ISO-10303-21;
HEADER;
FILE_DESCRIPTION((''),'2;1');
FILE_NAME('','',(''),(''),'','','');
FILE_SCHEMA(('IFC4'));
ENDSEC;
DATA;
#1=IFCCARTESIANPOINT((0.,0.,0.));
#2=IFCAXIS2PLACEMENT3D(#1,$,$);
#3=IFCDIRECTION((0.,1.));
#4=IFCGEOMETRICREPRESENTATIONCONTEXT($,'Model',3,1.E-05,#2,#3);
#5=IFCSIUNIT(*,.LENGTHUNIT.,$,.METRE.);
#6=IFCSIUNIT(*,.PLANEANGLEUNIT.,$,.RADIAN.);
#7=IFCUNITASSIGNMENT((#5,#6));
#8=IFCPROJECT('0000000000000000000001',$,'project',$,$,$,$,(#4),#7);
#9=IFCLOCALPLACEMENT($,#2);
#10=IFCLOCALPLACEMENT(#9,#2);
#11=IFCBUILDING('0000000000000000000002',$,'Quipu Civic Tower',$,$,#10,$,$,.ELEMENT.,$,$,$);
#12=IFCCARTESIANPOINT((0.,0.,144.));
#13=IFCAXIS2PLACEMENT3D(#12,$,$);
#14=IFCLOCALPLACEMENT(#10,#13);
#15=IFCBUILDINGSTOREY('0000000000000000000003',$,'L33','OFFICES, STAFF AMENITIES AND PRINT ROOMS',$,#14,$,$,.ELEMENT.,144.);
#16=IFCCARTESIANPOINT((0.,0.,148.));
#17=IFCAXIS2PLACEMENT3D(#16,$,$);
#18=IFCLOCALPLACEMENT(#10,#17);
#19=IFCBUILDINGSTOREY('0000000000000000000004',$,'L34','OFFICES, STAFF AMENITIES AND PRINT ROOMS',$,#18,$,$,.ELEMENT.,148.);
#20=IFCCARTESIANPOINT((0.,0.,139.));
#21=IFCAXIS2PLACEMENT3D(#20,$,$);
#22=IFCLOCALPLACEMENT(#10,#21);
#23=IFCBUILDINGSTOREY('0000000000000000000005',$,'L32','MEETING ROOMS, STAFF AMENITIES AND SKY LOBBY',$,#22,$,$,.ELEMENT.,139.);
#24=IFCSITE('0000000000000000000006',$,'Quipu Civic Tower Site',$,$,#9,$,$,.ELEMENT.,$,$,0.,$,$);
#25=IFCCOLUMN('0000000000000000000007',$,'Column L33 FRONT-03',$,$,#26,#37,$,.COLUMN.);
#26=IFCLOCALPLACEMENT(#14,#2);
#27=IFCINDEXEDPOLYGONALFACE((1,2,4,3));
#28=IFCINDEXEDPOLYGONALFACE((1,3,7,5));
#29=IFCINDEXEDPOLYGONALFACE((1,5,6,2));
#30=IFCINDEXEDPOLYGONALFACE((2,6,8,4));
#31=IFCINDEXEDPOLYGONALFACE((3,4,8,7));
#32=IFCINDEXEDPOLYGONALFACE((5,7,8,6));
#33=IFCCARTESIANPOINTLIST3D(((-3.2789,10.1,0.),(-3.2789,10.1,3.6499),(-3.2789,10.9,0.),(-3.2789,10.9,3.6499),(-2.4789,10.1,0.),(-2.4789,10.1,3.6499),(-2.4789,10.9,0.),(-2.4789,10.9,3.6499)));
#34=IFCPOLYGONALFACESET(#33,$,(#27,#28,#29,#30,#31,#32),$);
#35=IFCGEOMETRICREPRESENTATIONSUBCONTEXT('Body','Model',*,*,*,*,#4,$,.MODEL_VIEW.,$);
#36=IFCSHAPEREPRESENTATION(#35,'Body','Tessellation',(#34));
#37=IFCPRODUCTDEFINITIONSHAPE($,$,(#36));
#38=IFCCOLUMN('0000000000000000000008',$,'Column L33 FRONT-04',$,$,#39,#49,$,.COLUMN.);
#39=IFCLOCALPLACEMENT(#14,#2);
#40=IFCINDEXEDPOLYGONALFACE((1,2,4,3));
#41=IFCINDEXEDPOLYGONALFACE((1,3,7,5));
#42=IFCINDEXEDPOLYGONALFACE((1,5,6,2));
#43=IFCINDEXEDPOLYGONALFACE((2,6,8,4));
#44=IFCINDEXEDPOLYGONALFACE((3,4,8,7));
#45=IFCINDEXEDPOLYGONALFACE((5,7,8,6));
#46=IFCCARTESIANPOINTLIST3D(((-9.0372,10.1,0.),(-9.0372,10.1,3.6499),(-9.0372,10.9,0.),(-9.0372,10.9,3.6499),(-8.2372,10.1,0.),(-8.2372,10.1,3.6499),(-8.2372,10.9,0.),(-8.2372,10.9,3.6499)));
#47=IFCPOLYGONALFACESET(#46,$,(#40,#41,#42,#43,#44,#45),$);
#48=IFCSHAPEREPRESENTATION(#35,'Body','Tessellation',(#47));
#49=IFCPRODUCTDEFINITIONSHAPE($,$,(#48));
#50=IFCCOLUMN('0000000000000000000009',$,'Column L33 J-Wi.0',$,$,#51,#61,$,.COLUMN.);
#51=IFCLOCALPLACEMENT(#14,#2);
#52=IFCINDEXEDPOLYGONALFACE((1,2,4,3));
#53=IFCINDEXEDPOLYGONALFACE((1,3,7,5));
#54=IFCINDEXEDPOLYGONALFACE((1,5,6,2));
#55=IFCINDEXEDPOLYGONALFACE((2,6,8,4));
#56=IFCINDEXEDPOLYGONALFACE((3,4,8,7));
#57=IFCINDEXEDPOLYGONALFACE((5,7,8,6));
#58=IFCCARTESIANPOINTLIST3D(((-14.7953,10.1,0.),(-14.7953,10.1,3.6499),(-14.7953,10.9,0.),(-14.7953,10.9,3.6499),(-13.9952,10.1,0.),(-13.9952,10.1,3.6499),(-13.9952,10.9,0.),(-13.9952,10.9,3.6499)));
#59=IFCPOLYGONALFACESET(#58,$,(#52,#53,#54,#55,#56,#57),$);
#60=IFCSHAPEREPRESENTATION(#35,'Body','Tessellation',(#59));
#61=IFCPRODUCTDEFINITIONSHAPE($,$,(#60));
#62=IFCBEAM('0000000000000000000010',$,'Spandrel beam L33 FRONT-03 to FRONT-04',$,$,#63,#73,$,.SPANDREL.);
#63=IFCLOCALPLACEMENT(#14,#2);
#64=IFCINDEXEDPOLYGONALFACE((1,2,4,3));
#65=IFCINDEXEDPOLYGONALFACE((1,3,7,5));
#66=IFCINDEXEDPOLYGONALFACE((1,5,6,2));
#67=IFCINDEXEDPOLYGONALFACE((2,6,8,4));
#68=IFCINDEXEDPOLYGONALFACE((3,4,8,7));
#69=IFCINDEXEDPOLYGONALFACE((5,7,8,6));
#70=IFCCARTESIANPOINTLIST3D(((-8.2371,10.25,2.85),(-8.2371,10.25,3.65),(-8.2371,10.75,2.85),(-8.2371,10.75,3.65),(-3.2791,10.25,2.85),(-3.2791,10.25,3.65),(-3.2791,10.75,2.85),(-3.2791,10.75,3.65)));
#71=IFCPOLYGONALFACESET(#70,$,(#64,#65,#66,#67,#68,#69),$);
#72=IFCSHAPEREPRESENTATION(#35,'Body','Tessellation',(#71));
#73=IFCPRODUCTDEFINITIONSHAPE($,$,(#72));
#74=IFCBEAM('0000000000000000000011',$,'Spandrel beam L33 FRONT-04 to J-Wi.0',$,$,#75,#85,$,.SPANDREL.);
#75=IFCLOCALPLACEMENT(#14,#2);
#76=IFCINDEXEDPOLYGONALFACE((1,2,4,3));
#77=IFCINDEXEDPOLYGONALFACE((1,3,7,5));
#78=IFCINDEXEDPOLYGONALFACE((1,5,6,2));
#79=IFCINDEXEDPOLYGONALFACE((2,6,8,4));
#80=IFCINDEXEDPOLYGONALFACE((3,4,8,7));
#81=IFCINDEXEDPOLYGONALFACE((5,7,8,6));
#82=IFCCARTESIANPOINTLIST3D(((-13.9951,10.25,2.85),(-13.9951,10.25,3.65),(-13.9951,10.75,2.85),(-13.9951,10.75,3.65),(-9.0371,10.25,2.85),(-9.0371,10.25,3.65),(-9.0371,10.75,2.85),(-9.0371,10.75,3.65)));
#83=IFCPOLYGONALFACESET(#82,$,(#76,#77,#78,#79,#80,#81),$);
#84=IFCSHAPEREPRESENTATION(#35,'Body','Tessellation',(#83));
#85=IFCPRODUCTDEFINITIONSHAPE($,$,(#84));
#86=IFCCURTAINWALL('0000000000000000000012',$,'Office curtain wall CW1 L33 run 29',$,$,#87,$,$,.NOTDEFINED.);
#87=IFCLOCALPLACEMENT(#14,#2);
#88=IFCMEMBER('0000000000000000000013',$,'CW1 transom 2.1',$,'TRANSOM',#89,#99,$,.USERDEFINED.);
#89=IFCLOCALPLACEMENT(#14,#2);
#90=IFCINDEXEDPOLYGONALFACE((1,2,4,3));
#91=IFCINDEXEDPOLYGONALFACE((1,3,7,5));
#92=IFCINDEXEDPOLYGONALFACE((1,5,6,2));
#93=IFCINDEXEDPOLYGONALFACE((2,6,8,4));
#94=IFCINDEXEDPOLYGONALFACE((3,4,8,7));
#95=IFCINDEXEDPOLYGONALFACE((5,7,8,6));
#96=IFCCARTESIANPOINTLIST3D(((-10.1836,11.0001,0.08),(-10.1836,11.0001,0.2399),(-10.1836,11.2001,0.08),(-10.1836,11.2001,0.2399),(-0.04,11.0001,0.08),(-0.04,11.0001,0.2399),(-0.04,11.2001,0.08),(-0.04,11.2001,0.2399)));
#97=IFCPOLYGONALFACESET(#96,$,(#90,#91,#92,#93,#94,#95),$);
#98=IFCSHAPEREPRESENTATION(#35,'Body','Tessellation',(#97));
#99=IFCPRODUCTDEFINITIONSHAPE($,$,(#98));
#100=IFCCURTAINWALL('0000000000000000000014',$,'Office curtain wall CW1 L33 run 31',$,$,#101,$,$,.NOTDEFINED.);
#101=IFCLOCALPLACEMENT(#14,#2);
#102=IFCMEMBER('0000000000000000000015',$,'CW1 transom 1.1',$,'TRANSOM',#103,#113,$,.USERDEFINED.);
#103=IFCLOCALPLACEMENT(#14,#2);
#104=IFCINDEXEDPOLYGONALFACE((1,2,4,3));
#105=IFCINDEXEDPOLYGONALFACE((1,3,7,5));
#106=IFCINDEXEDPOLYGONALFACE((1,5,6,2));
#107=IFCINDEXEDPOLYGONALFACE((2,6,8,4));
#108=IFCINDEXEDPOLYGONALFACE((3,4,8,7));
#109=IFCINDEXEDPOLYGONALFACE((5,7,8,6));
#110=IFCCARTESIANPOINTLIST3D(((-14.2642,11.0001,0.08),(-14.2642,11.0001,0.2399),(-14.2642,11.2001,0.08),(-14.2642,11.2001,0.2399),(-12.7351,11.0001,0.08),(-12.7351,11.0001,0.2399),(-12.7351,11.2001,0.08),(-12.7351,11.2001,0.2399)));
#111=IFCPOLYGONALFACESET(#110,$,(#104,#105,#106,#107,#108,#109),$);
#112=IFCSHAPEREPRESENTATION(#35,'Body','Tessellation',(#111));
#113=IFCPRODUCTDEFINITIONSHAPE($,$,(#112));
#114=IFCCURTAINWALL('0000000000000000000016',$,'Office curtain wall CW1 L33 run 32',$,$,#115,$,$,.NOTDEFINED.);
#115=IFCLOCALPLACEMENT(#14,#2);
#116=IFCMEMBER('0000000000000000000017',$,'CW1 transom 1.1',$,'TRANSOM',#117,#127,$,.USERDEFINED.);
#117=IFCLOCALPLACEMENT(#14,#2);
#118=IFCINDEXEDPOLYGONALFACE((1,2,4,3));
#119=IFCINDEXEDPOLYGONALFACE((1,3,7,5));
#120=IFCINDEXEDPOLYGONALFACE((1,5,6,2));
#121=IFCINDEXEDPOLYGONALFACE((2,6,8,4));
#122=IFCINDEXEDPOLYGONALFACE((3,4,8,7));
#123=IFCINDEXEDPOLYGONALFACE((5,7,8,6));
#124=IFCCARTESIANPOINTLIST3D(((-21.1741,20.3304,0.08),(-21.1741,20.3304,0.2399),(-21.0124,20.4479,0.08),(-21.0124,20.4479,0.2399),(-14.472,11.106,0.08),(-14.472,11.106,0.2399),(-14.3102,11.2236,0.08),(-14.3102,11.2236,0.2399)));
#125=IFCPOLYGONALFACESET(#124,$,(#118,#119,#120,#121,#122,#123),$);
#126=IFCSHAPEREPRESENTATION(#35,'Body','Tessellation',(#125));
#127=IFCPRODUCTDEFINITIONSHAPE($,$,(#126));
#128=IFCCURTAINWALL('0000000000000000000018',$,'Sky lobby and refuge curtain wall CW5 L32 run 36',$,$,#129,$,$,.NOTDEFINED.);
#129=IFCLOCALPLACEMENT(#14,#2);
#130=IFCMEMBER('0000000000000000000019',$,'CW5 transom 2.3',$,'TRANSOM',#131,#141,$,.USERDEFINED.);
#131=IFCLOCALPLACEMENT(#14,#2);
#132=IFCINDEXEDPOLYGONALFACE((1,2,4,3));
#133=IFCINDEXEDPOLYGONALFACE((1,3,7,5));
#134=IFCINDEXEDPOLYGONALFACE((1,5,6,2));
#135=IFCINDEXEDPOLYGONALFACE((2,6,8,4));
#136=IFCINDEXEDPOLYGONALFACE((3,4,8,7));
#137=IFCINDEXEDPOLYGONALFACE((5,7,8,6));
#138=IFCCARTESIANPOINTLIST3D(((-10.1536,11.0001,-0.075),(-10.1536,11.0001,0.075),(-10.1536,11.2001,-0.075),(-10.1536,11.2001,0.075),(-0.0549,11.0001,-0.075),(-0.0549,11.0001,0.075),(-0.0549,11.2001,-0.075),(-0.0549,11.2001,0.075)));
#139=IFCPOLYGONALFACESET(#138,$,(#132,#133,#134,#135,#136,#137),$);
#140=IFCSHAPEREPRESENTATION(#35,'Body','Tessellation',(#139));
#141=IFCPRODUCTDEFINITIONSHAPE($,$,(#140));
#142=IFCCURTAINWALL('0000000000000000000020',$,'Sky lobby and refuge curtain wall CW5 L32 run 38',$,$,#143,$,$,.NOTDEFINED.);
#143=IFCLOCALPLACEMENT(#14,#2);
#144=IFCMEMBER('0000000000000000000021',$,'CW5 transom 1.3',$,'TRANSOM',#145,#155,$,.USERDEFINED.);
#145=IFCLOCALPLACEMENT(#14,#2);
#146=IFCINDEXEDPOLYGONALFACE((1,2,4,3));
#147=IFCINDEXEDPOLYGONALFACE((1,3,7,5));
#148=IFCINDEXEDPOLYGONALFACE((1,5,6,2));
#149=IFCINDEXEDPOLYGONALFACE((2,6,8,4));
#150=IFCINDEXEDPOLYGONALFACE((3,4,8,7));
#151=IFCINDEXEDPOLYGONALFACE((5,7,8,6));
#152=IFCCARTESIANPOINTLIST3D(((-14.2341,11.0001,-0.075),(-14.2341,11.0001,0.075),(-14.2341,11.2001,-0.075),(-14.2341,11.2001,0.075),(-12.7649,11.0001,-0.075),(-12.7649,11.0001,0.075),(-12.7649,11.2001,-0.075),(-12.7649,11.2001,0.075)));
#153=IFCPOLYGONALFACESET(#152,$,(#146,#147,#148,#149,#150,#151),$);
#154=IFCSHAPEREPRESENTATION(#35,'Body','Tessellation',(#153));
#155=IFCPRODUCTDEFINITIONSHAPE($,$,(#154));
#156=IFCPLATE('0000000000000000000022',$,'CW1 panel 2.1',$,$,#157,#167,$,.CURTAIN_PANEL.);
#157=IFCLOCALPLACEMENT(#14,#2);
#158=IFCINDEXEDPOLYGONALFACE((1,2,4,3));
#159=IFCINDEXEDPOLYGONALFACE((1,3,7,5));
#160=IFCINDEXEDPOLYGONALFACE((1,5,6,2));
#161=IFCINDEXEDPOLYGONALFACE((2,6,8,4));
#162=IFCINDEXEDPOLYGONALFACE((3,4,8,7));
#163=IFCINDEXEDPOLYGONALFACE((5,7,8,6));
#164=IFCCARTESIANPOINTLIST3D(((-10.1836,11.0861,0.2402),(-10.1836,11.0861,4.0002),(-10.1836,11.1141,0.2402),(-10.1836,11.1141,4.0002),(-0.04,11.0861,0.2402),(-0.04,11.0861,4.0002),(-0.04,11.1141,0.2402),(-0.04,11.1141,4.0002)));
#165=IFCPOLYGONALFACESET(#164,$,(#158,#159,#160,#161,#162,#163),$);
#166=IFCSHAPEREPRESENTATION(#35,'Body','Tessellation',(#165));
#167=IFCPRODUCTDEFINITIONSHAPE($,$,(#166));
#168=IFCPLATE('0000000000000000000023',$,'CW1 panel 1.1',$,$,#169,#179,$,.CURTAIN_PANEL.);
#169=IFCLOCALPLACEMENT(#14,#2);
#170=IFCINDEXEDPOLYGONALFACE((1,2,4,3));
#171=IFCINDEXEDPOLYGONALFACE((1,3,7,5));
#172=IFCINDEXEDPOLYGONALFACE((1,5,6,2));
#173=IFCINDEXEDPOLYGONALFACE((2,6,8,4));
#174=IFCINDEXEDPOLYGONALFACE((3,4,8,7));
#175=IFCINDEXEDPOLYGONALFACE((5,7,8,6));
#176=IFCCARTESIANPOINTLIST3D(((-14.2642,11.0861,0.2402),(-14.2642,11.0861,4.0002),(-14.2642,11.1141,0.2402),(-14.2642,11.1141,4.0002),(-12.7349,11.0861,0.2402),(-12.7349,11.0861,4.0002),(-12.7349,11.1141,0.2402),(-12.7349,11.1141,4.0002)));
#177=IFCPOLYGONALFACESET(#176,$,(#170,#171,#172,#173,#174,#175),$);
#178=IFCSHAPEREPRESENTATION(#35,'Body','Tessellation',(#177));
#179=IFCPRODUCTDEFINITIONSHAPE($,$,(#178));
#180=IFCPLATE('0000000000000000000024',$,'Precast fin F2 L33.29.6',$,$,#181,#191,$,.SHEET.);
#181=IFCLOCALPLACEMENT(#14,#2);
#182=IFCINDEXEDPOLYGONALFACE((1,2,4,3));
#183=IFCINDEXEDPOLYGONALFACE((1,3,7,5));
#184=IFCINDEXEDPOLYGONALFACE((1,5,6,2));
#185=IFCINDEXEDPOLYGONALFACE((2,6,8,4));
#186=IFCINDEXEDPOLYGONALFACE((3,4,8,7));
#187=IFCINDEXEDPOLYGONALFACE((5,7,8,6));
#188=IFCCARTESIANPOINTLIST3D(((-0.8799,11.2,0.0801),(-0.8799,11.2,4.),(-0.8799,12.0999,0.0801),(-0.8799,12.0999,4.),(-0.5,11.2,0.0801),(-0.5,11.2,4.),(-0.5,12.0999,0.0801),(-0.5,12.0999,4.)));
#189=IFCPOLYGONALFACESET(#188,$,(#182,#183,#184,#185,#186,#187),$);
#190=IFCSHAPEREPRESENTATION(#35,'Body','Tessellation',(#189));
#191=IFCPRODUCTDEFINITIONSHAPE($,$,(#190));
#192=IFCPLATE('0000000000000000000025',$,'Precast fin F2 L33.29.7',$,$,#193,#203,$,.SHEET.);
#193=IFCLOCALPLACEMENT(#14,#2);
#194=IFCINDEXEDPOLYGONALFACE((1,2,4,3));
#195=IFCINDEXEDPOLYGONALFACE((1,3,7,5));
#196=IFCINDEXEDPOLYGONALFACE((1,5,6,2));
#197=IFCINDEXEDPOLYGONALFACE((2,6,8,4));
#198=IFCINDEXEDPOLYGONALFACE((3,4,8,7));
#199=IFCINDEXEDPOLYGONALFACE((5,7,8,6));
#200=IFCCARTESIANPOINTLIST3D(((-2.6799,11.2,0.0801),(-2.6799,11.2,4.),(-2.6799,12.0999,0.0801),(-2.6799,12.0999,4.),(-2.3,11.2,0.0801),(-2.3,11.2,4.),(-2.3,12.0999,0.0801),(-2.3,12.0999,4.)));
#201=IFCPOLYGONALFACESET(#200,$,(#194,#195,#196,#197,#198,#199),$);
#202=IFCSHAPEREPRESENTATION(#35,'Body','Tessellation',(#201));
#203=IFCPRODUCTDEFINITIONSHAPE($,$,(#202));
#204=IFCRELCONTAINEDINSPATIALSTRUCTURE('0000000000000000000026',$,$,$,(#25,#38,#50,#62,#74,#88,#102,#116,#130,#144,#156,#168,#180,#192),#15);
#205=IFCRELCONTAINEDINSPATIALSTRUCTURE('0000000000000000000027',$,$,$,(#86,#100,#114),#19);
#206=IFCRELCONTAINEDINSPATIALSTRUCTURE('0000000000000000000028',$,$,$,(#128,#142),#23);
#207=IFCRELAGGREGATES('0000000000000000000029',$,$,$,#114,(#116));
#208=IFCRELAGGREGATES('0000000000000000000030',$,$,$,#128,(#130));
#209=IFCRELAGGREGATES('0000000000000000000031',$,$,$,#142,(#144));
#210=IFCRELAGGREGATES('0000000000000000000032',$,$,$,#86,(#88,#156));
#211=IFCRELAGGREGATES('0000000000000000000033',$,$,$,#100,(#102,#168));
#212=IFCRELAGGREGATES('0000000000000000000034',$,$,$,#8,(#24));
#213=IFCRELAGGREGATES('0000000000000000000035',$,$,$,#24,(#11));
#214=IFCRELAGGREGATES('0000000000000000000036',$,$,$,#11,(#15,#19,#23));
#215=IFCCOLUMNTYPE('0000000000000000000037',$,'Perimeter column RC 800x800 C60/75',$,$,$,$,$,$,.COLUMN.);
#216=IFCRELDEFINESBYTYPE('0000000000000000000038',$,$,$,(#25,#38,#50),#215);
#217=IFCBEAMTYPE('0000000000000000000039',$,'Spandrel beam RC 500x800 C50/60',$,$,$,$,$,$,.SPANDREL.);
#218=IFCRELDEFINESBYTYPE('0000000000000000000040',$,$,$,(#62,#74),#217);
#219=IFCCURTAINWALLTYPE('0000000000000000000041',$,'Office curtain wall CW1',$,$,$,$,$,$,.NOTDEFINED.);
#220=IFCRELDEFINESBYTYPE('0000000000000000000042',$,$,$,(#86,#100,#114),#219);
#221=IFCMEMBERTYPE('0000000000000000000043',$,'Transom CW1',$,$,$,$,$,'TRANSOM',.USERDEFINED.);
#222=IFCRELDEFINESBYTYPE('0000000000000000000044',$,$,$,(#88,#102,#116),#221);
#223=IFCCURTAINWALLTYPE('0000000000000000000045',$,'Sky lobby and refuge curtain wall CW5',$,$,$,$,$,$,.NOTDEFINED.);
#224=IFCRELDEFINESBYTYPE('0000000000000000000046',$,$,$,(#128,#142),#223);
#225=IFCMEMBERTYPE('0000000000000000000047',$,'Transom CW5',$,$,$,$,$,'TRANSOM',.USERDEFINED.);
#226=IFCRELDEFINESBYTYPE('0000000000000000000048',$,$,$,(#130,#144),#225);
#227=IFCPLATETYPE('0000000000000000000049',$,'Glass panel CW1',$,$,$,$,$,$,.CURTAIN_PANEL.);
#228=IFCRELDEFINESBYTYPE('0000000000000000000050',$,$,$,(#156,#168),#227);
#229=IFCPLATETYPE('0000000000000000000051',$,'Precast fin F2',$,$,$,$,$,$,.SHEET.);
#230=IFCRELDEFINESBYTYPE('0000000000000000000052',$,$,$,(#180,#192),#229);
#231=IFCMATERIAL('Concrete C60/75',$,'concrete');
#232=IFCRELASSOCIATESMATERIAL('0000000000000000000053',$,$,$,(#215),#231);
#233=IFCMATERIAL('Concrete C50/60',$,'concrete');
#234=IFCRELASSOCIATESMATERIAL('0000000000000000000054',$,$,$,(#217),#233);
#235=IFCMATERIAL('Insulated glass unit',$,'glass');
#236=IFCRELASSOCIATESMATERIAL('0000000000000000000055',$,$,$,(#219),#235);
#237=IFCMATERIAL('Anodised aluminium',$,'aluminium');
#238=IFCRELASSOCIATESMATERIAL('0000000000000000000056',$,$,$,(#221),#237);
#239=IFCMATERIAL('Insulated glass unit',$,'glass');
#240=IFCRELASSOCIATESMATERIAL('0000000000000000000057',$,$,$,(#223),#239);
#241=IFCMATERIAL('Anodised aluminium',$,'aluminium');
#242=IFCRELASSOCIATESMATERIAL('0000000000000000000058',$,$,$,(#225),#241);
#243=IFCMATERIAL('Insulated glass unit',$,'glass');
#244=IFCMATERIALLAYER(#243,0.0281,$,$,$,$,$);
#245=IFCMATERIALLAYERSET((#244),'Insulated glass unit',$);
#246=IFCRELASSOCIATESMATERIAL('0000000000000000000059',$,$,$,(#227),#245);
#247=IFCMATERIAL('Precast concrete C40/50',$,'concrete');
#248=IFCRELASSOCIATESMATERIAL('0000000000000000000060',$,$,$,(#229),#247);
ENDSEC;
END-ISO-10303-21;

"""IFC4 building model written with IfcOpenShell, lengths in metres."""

from ifc_helpers import new_model, si_unit, direction, frame, origin, origin_2d, place, context, subcontext, project, spatial, rectangle, extrude, material, layer, layer_set, material_profile, profile_set, type_object, element, aggregate, save


model = new_model("IFC4")

# Units and contexts
model_context = context("Model", 3, precision=1e-05, world=origin(), true_north=direction((0.0, 1.0)))
body_context = subcontext(model_context, "Body", "Model", "MODEL_VIEW")
ifc_project = project(units=[si_unit("LENGTHUNIT", "METRE"), si_unit("PLANEANGLEUNIT", "RADIAN")], contexts=[model_context])

# Site, building, storey
site_placement = place(None, origin())
site = spatial("IfcSite", under=ifc_project, at=site_placement, Name="Quipu Civic Tower Site", CompositionType="ELEMENT", RefElevation=0.0)
building_placement = place(site_placement, origin())
building = spatial("IfcBuilding", under=site, at=building_placement, Name="Quipu Civic Tower", CompositionType="ELEMENT")
storey_1_placement = place(building_placement, frame((0.0, 0.0, 144.0)))
storey_1 = spatial("IfcBuildingStorey", under=building, at=storey_1_placement, Name="L33", Description="OFFICES, STAFF AMENITIES AND PRINT ROOMS", CompositionType="ELEMENT", Elevation=144.0)

# Columns
ifc_material_1 = material(Name="Concrete C60/75", Category="concrete")
ifc_material_profile_1 = material_profile(ifc_material_1, rectangle(XDim=0.8, YDim=0.8, at=origin_2d()), Name="RC800x800")
ifc_profile_set_1 = profile_set([ifc_material_profile_1], Name="Concrete C60/75")
column_type = type_object("IfcColumnType", Name="Perimeter column RC 800x800 C60/75", PredefinedType="COLUMN", material=ifc_profile_set_1)
for number, where, z_axis, x_axis, name in (
    (1, (-2.8789, 10.5, 0.0), (0.0, 0.0, 1.0), (-1.0, 0.0, 0.0), "Column L33 FRONT-03"),
    (2, (-8.6372, 10.5, 0.0), (0.0, 0.0, 1.0), (-1.0, 0.0, 0.0), "Column L33 FRONT-04"),
    (3, (-14.3953, 10.5, 0.0), (0.0, 0.0, 1.0), (-1.0, 0.0, 0.0), "Column L33 J-Wi.0"),
):
    element("IfcColumn", number, at=place(storey_1_placement, frame(where, z_axis=z_axis, x_axis=x_axis)), inside=storey_1, type_object=column_type, Name=name, PredefinedType="COLUMN", context=body_context, shape_type="SweptSolid", body=[
        extrude(rectangle(XDim=0.8, YDim=0.8, at=origin_2d()), origin(), (0.0, 0.0, 1.0), 3.6499),
    ])

# Beams
ifc_material_2 = material(Name="Concrete C50/60", Category="concrete")
ifc_material_profile_2 = material_profile(ifc_material_2, rectangle(XDim=0.5, YDim=0.8, at=origin_2d()), Name="RC500x800")
ifc_profile_set_2 = profile_set([ifc_material_profile_2], Name="Concrete C50/60")
beam_type = type_object("IfcBeamType", Name="Spandrel beam RC 500x800 C50/60", PredefinedType="SPANDREL", material=ifc_profile_set_2)
for number, where, z_axis, x_axis, name in (
    (4, (-3.2791, 10.5, 3.25), (-1.0, 0.0, 0.0), (0.0, -1.0, 0.0), "Spandrel beam L33 FRONT-03 to FRONT-04"),
    (5, (-9.0371, 10.5, 3.25), (-1.0, 0.0, 0.0), (0.0, -1.0, 0.0), "Spandrel beam L33 FRONT-04 to J-Wi.0"),
):
    element("IfcBeam", number, at=place(storey_1_placement, frame(where, z_axis=z_axis, x_axis=x_axis)), inside=storey_1, type_object=beam_type, Name=name, PredefinedType="SPANDREL", context=body_context, shape_type="SweptSolid", body=[
        extrude(rectangle(XDim=0.5, YDim=0.8, at=origin_2d()), origin(), (0.0, 0.0, 1.0), 4.958),
    ])

# Shared definitions
storey_2_placement = place(building_placement, frame((0.0, 0.0, 148.0)))
storey_2 = spatial("IfcBuildingStorey", under=building, at=storey_2_placement, Name="L34", Description="OFFICES, STAFF AMENITIES AND PRINT ROOMS", CompositionType="ELEMENT", Elevation=148.0)

# Curtain walls, members
ifc_material_3 = material(Name="Insulated glass unit", Category="glass")
curtain_wall_type_1 = type_object("IfcCurtainWallType", Name="Office curtain wall CW1", PredefinedType="NOTDEFINED", material=ifc_material_3)
curtain_wall_1_placement = place(storey_2_placement, origin())
curtain_wall_1 = element("IfcCurtainWall", 6, at=curtain_wall_1_placement, inside=storey_2, type_object=curtain_wall_type_1, Name="Office curtain wall CW1 L33 run 29", PredefinedType="NOTDEFINED")
ifc_material_4 = material(Name="Anodised aluminium", Category="aluminium")
ifc_material_profile_3 = material_profile(ifc_material_4, rectangle(XDim=0.2, YDim=0.1599, at=origin_2d()), Name="RECT 200x160")
ifc_profile_set_3 = profile_set([ifc_material_profile_3], Name="Anodised aluminium")
member_type_1 = type_object("IfcMemberType", Name="Transom CW1", ElementType="TRANSOM", PredefinedType="USERDEFINED", material=ifc_profile_set_3)
member_1_placement = place(storey_1_placement, frame((-0.04, 11.1001, 0.1599), z_axis=(-1.0, 0.0, 0.0), x_axis=(0.0, -1.0, 0.0)))
member_1 = element("IfcMember", 7, at=member_1_placement, inside=storey_1, type_object=member_type_1, Name="CW1 transom 2.1", ObjectType="TRANSOM", PredefinedType="USERDEFINED", context=body_context, shape_type="SweptSolid", body=[
    extrude(rectangle(XDim=0.2, YDim=0.1599, at=origin_2d()), origin(), (0.0, 0.0, 1.0), 10.1436),
])
curtain_wall_2_placement = place(storey_2_placement, origin())
curtain_wall_2 = element("IfcCurtainWall", 8, at=curtain_wall_2_placement, inside=storey_2, type_object=curtain_wall_type_1, Name="Office curtain wall CW1 L33 run 31", PredefinedType="NOTDEFINED")
member_2_placement = place(storey_1_placement, frame((-12.7351, 11.1001, 0.1599), z_axis=(-1.0, 0.0, 0.0), x_axis=(0.0, -1.0, 0.0)))
member_2 = element("IfcMember", 9, at=member_2_placement, inside=storey_1, type_object=member_type_1, Name="CW1 transom 1.1", ObjectType="TRANSOM", PredefinedType="USERDEFINED", context=body_context, shape_type="SweptSolid", body=[
    extrude(rectangle(XDim=0.2, YDim=0.1599, at=origin_2d()), origin(), (0.0, 0.0, 1.0), 1.5291),
])
curtain_wall_3_placement = place(storey_2_placement, origin())
curtain_wall_3 = element("IfcCurtainWall", 10, at=curtain_wall_3_placement, inside=storey_2, type_object=curtain_wall_type_1, Name="Office curtain wall CW1 L33 run 32", PredefinedType="NOTDEFINED")
member_3_placement = place(storey_1_placement, frame((-14.3911, 11.1648, 0.1599), z_axis=(-0.5878, 0.809006, 0.0), x_axis=(-0.809006, -0.5878, 0.0)))
member_3 = element("IfcMember", 11, at=member_3_placement, inside=storey_1, type_object=member_type_1, Name="CW1 transom 1.1", ObjectType="TRANSOM", PredefinedType="USERDEFINED", context=body_context, shape_type="SweptSolid", body=[
    extrude(rectangle(XDim=0.2, YDim=0.1599, at=origin_2d()), origin(), (0.0, 0.0, 1.0), 11.4021),
])
aggregate(curtain_wall_3, [member_3])

# Shared definitions
storey_3_placement = place(building_placement, frame((0.0, 0.0, 139.0)))
storey_3 = spatial("IfcBuildingStorey", under=building, at=storey_3_placement, Name="L32", Description="MEETING ROOMS, STAFF AMENITIES AND SKY LOBBY", CompositionType="ELEMENT", Elevation=139.0)

# Curtain walls, members
ifc_material_5 = material(Name="Insulated glass unit", Category="glass")
curtain_wall_type_2 = type_object("IfcCurtainWallType", Name="Sky lobby and refuge curtain wall CW5", PredefinedType="NOTDEFINED", material=ifc_material_5)
curtain_wall_4_placement = place(storey_3_placement, origin())
curtain_wall_4 = element("IfcCurtainWall", 12, at=curtain_wall_4_placement, inside=storey_3, type_object=curtain_wall_type_2, Name="Sky lobby and refuge curtain wall CW5 L32 run 36", PredefinedType="NOTDEFINED")
ifc_material_6 = material(Name="Anodised aluminium", Category="aluminium")
ifc_material_profile_4 = material_profile(ifc_material_6, rectangle(XDim=0.2, YDim=0.1499, at=origin_2d()), Name="RECT 200x150")
ifc_profile_set_4 = profile_set([ifc_material_profile_4], Name="Anodised aluminium")
member_type_2 = type_object("IfcMemberType", Name="Transom CW5", ElementType="TRANSOM", PredefinedType="USERDEFINED", material=ifc_profile_set_4)
member_4_placement = place(storey_1_placement, frame((-0.0549, 11.1001, 0.0), z_axis=(-1.0, 0.0, 0.0), x_axis=(0.0, -1.0, 0.0)))
member_4 = element("IfcMember", 13, at=member_4_placement, inside=storey_1, type_object=member_type_2, Name="CW5 transom 2.3", ObjectType="TRANSOM", PredefinedType="USERDEFINED", context=body_context, shape_type="SweptSolid", body=[
    extrude(rectangle(XDim=0.2, YDim=0.1499, at=origin_2d()), origin(), (0.0, 0.0, 1.0), 10.0986),
])
aggregate(curtain_wall_4, [member_4])
curtain_wall_5_placement = place(storey_3_placement, origin())
curtain_wall_5 = element("IfcCurtainWall", 14, at=curtain_wall_5_placement, inside=storey_3, type_object=curtain_wall_type_2, Name="Sky lobby and refuge curtain wall CW5 L32 run 38", PredefinedType="NOTDEFINED")
member_5_placement = place(storey_1_placement, frame((-12.7649, 11.1001, 0.0), z_axis=(-1.0, 0.0, 0.0), x_axis=(0.0, -1.0, 0.0)))
member_5 = element("IfcMember", 15, at=member_5_placement, inside=storey_1, type_object=member_type_2, Name="CW5 transom 1.3", ObjectType="TRANSOM", PredefinedType="USERDEFINED", context=body_context, shape_type="SweptSolid", body=[
    extrude(rectangle(XDim=0.2, YDim=0.1499, at=origin_2d()), origin(), (0.0, 0.0, 1.0), 1.4692),
])
aggregate(curtain_wall_5, [member_5])

# Plates
ifc_material_7 = material(Name="Insulated glass unit", Category="glass")
ifc_layer_1 = layer(ifc_material_7, 0.0281)
ifc_layer_set_1 = layer_set([ifc_layer_1], Name="Insulated glass unit")
plate_type_1 = type_object("IfcPlateType", Name="Glass panel CW1", PredefinedType="CURTAIN_PANEL", material=ifc_layer_set_1)
plate_1_placement = place(storey_1_placement, frame((-5.1118, 11.1001, 0.2402), z_axis=(0.0, 0.0, 1.0), x_axis=(-1.0, 0.0, 0.0)))
plate_1 = element("IfcPlate", 16, at=plate_1_placement, inside=storey_1, type_object=plate_type_1, Name="CW1 panel 2.1", PredefinedType="CURTAIN_PANEL", context=body_context, shape_type="SweptSolid", body=[
    extrude(rectangle(XDim=10.1436, YDim=0.0281, at=origin_2d()), origin(), (0.0, 0.0, 1.0), 3.76),
])
aggregate(curtain_wall_1, [member_1, plate_1])
plate_2_placement = place(storey_1_placement, frame((-13.4995, 11.1001, 0.2402), z_axis=(0.0, 0.0, 1.0), x_axis=(-1.0, 0.0, 0.0)))
plate_2 = element("IfcPlate", 17, at=plate_2_placement, inside=storey_1, type_object=plate_type_1, Name="CW1 panel 1.1", PredefinedType="CURTAIN_PANEL", context=body_context, shape_type="SweptSolid", body=[
    extrude(rectangle(XDim=1.5293, YDim=0.0281, at=origin_2d()), origin(), (0.0, 0.0, 1.0), 3.76),
])
aggregate(curtain_wall_2, [member_2, plate_2])

# Plates
ifc_material_8 = material(Name="Precast concrete C40/50", Category="concrete")
plate_type_2 = type_object("IfcPlateType", Name="Precast fin F2", PredefinedType="SHEET", material=ifc_material_8)
for number, where, z_axis, x_axis, name in (
    (18, (-0.6899, 11.6499, 0.0801), (0.0, 0.0, 1.0), (-1.0, 0.0, 0.0), "Precast fin F2 L33.29.6"),
    (19, (-2.49, 11.6499, 0.0801), (0.0, 0.0, 1.0), (-1.0, 0.0, 0.0), "Precast fin F2 L33.29.7"),
):
    element("IfcPlate", number, at=place(storey_1_placement, frame(where, z_axis=z_axis, x_axis=x_axis)), inside=storey_1, type_object=plate_type_2, Name=name, PredefinedType="SHEET", context=body_context, shape_type="SweptSolid", body=[
        extrude(rectangle(XDim=0.3799, YDim=0.8999, at=origin_2d()), origin(), (0.0, 0.0, 1.0), 3.9199),
    ])

save(model, "model.ifc")
